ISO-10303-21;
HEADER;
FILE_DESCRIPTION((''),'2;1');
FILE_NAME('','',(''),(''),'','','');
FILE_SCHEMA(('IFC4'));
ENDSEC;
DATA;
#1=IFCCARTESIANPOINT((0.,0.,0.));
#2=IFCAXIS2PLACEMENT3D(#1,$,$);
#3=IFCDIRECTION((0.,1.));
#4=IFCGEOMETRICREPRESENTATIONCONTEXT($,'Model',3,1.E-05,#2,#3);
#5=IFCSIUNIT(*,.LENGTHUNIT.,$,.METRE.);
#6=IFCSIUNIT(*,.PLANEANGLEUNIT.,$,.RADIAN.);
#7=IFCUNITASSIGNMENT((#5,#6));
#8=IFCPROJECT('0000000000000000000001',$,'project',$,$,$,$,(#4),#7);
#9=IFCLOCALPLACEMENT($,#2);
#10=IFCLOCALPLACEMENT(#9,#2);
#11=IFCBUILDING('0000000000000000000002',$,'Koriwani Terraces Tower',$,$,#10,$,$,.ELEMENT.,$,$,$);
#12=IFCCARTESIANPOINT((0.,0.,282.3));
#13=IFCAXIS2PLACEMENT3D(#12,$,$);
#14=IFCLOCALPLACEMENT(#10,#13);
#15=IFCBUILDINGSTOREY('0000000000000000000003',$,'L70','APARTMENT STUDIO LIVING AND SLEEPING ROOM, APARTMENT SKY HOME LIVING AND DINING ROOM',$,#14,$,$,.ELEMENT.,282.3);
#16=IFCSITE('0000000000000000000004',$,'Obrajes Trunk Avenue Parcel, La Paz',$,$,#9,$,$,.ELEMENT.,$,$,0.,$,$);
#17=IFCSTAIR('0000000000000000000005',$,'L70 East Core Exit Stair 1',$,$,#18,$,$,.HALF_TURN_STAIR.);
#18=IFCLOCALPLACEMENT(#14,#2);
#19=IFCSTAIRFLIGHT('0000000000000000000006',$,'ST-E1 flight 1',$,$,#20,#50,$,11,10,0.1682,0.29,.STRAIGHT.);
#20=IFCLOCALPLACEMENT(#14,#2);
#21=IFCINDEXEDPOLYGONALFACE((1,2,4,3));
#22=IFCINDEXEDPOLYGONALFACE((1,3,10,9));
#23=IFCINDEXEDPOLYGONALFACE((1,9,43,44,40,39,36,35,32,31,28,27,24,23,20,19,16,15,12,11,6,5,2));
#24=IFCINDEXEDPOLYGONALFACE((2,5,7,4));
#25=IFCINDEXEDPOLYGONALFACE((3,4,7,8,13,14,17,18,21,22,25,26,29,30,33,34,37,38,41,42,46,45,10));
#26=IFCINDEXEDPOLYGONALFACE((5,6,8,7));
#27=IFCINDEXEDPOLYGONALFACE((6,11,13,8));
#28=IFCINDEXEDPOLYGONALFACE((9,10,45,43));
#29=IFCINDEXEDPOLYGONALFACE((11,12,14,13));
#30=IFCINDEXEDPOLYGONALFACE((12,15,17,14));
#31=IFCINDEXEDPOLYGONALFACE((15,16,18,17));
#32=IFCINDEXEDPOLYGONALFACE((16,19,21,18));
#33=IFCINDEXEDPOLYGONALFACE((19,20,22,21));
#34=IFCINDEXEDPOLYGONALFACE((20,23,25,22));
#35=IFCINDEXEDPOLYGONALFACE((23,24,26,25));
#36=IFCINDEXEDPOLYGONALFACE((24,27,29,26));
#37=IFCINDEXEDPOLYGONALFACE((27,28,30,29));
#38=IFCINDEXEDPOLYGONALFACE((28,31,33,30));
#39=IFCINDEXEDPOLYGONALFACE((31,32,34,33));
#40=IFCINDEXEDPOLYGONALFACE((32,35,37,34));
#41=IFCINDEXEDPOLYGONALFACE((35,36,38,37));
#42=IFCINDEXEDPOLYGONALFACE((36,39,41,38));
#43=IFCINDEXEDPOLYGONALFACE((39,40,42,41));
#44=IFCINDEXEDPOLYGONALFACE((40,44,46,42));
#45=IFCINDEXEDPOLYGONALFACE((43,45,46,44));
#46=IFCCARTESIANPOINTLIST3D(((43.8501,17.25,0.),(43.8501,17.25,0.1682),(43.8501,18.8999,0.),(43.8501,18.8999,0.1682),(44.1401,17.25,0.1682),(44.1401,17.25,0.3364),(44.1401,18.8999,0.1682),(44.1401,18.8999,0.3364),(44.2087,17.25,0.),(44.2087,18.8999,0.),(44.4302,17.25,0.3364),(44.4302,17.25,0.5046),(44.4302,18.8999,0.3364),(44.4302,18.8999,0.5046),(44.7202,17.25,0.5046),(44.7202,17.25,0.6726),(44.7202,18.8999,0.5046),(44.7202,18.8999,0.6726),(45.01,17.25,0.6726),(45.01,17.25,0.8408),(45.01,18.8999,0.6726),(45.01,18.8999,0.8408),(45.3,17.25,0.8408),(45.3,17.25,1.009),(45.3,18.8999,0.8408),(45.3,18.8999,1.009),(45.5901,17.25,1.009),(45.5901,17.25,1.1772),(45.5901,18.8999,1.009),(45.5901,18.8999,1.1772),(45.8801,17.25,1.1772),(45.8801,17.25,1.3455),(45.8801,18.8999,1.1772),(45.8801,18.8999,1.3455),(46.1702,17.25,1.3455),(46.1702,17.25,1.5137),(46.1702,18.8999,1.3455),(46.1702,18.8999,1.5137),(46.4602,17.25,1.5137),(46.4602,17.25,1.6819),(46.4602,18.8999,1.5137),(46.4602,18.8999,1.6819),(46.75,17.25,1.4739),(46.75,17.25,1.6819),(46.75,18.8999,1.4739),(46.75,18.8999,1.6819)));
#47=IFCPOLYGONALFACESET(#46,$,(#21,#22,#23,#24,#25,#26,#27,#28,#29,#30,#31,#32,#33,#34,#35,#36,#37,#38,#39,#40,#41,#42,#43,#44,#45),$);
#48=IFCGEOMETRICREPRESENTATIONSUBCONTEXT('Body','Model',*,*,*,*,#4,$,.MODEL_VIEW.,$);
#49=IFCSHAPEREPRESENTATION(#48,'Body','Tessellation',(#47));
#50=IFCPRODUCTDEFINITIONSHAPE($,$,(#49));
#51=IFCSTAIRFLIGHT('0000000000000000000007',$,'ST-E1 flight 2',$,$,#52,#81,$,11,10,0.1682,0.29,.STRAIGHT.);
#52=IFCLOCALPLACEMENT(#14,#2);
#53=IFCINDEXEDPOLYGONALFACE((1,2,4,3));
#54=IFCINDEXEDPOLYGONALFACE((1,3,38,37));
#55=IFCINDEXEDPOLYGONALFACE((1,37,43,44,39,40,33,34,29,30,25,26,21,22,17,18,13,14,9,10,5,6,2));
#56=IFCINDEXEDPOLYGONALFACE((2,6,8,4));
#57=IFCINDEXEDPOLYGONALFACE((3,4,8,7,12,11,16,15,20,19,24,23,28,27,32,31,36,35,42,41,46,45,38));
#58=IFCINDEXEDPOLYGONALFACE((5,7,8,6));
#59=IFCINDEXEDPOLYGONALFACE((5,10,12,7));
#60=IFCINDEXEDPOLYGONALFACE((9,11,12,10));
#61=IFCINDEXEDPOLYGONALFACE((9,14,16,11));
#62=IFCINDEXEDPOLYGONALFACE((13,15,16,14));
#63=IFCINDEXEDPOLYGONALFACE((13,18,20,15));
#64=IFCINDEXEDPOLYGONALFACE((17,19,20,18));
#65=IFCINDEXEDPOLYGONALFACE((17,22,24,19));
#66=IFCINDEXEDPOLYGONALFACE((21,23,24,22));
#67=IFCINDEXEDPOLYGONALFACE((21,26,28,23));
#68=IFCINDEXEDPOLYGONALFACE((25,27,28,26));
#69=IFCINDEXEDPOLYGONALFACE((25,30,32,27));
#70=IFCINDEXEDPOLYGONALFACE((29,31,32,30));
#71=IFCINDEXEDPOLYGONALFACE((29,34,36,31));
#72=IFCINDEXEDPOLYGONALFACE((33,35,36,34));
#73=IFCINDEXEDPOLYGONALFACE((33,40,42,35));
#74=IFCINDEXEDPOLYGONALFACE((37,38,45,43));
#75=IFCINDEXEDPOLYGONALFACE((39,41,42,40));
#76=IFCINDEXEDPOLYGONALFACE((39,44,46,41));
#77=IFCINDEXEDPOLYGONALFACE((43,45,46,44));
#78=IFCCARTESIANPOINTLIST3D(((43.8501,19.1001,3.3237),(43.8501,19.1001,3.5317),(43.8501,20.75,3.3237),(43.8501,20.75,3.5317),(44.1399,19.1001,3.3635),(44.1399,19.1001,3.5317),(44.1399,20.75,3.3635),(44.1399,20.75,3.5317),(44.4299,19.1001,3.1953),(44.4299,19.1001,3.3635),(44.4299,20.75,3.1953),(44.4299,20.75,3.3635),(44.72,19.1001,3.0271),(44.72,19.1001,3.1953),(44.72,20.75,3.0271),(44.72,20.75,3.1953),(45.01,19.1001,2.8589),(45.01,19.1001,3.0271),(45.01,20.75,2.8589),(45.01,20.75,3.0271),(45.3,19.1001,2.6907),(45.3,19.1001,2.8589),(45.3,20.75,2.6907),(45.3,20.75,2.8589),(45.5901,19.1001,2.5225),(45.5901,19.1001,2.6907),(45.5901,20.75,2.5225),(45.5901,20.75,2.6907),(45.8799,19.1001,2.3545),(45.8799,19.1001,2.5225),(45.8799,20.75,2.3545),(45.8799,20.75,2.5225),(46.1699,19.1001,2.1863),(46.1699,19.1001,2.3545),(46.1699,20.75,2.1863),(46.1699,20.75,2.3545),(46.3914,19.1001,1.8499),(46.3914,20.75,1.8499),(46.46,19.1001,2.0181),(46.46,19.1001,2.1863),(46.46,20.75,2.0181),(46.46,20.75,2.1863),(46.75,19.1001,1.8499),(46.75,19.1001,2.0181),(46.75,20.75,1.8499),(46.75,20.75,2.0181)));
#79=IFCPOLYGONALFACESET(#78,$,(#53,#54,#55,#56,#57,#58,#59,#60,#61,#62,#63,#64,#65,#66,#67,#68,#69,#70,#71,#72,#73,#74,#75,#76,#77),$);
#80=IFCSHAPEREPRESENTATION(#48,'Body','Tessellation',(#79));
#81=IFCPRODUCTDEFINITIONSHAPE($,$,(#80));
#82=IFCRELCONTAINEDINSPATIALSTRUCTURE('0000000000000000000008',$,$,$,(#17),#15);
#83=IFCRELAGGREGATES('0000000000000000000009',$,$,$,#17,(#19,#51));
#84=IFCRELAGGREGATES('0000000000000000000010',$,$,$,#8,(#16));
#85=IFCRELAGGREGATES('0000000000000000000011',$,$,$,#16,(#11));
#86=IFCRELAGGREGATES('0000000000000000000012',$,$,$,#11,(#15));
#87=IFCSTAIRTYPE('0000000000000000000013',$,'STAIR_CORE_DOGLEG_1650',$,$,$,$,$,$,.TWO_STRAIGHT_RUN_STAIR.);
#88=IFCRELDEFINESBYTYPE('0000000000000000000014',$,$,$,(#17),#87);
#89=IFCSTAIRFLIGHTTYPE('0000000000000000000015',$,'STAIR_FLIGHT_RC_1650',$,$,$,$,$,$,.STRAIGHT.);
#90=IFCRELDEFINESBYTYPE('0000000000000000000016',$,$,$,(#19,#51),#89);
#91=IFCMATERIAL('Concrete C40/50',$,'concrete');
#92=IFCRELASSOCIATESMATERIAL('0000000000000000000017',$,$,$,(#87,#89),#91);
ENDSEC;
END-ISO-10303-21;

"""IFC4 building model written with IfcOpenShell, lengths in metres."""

from ifc_helpers import new_model, si_unit, direction, frame, origin, place, context, subcontext, project, spatial, polyline, outline, extrude, material, type_object, element, aggregate, save


model = new_model("IFC4")

# Units and contexts
model_context = context("Model", 3, precision=1e-05, world=origin(), true_north=direction((0.0, 1.0)))
body_context = subcontext(model_context, "Body", "Model", "MODEL_VIEW")
ifc_project = project(units=[si_unit("LENGTHUNIT", "METRE"), si_unit("PLANEANGLEUNIT", "RADIAN")], contexts=[model_context])

# Site, building, storey
site_placement = place(None, origin())
site = spatial("IfcSite", under=ifc_project, at=site_placement, Name="Obrajes Trunk Avenue Parcel, La Paz", CompositionType="ELEMENT", RefElevation=0.0)
building_placement = place(site_placement, origin())
building = spatial("IfcBuilding", under=site, at=building_placement, Name="Koriwani Terraces Tower", CompositionType="ELEMENT")
storey_placement = place(building_placement, frame((0.0, 0.0, 282.3)))
storey = spatial("IfcBuildingStorey", under=building, at=storey_placement, Name="L70", Description="APARTMENT STUDIO LIVING AND SLEEPING ROOM, APARTMENT SKY HOME LIVING AND DINING ROOM", CompositionType="ELEMENT", Elevation=282.3)

# Shared definitions
ifc_material_1 = material(Name="Concrete C40/50", Category="concrete")

# Stair, stair flights
stair_type = type_object("IfcStairType", Name="STAIR_CORE_DOGLEG_1650", PredefinedType="TWO_STRAIGHT_RUN_STAIR", material=ifc_material_1)
stair_placement = place(storey_placement, origin())
stair = element("IfcStair", 1, at=stair_placement, inside=storey, type_object=stair_type, Name="L70 East Core Exit Stair 1", PredefinedType="HALF_TURN_STAIR")
stair_flight_type = type_object("IfcStairFlightType", Name="STAIR_FLIGHT_RC_1650", PredefinedType="STRAIGHT", material=ifc_material_1)
stair_flight_1_placement = place(storey_placement, frame((43.8501, 18.075, 0.0), z_axis=(0.0, 0.0, 1.0), x_axis=(1.0, 0.0, 0.0)))
stair_flight_1 = element("IfcStairFlight", 2, at=stair_flight_1_placement, type_object=stair_flight_type, Name="ST-E1 flight 1", NumberOfRisers=11, NumberOfTreads=10, PredefinedType="STRAIGHT", RiserHeight=0.1682, TreadLength=0.29, context=body_context, shape_type="SweptSolid", body=[
    extrude(outline(polyline([(0.0, 0.0), (0.0, 0.1682), (0.29, 0.1682), (0.29, 0.3364), (0.5801, 0.3364), (0.5801, 0.5046), (0.8701, 0.5046), (0.8701, 0.6726), (1.1599, 0.6726), (1.1599, 0.8408), (1.45, 0.8408), (1.45, 1.009), (1.74, 1.009), (1.74, 1.1772), (2.03, 1.1772), (2.03, 1.3455), (2.3201, 1.3455), (2.3201, 1.5137), (2.6101, 1.5137), (2.6101, 1.6819), (2.8999, 1.6819), (2.8999, 1.8501), (2.8999, 1.4739), (0.3586, 0.0), (0.0, 0.0)])), frame((0.0, 0.825, 0.0), z_axis=(0.0, -1.0, 0.0), x_axis=(1.0, 0.0, 0.0)), (0.0, 0.0, 1.0), 1.6499),
])
stair_flight_2_placement = place(storey_placement, frame((46.75, 19.925, 1.8499), z_axis=(0.0, 0.0, 1.0), x_axis=(-1.0, 0.0, 0.0)))
stair_flight_2 = element("IfcStairFlight", 3, at=stair_flight_2_placement, type_object=stair_flight_type, Name="ST-E1 flight 2", NumberOfRisers=11, NumberOfTreads=10, PredefinedType="STRAIGHT", RiserHeight=0.1682, TreadLength=0.29, context=body_context, shape_type="SweptSolid", body=[
    extrude(outline(polyline([(0.0, 0.0), (0.0, 0.1682), (0.29, 0.1682), (0.29, 0.3364), (0.5801, 0.3364), (0.5801, 0.5046), (0.8701, 0.5046), (0.8701, 0.6726), (1.1599, 0.6726), (1.1599, 0.8408), (1.45, 0.8408), (1.45, 1.009), (1.74, 1.009), (1.74, 1.1772), (2.03, 1.1772), (2.03, 1.3455), (2.3201, 1.3455), (2.3201, 1.5137), (2.6101, 1.5137), (2.6101, 1.6819), (2.8999, 1.6819), (2.8999, 1.8501), (2.8999, 1.4739), (0.3586, 0.0), (0.0, 0.0)])), frame((0.0, 0.825, 0.0), z_axis=(0.0, -1.0, 0.0), x_axis=(1.0, 0.0, 0.0)), (0.0, 0.0, 1.0), 1.6499),
])
aggregate(stair, [stair_flight_1, stair_flight_2])

save(model, "model.ifc")
